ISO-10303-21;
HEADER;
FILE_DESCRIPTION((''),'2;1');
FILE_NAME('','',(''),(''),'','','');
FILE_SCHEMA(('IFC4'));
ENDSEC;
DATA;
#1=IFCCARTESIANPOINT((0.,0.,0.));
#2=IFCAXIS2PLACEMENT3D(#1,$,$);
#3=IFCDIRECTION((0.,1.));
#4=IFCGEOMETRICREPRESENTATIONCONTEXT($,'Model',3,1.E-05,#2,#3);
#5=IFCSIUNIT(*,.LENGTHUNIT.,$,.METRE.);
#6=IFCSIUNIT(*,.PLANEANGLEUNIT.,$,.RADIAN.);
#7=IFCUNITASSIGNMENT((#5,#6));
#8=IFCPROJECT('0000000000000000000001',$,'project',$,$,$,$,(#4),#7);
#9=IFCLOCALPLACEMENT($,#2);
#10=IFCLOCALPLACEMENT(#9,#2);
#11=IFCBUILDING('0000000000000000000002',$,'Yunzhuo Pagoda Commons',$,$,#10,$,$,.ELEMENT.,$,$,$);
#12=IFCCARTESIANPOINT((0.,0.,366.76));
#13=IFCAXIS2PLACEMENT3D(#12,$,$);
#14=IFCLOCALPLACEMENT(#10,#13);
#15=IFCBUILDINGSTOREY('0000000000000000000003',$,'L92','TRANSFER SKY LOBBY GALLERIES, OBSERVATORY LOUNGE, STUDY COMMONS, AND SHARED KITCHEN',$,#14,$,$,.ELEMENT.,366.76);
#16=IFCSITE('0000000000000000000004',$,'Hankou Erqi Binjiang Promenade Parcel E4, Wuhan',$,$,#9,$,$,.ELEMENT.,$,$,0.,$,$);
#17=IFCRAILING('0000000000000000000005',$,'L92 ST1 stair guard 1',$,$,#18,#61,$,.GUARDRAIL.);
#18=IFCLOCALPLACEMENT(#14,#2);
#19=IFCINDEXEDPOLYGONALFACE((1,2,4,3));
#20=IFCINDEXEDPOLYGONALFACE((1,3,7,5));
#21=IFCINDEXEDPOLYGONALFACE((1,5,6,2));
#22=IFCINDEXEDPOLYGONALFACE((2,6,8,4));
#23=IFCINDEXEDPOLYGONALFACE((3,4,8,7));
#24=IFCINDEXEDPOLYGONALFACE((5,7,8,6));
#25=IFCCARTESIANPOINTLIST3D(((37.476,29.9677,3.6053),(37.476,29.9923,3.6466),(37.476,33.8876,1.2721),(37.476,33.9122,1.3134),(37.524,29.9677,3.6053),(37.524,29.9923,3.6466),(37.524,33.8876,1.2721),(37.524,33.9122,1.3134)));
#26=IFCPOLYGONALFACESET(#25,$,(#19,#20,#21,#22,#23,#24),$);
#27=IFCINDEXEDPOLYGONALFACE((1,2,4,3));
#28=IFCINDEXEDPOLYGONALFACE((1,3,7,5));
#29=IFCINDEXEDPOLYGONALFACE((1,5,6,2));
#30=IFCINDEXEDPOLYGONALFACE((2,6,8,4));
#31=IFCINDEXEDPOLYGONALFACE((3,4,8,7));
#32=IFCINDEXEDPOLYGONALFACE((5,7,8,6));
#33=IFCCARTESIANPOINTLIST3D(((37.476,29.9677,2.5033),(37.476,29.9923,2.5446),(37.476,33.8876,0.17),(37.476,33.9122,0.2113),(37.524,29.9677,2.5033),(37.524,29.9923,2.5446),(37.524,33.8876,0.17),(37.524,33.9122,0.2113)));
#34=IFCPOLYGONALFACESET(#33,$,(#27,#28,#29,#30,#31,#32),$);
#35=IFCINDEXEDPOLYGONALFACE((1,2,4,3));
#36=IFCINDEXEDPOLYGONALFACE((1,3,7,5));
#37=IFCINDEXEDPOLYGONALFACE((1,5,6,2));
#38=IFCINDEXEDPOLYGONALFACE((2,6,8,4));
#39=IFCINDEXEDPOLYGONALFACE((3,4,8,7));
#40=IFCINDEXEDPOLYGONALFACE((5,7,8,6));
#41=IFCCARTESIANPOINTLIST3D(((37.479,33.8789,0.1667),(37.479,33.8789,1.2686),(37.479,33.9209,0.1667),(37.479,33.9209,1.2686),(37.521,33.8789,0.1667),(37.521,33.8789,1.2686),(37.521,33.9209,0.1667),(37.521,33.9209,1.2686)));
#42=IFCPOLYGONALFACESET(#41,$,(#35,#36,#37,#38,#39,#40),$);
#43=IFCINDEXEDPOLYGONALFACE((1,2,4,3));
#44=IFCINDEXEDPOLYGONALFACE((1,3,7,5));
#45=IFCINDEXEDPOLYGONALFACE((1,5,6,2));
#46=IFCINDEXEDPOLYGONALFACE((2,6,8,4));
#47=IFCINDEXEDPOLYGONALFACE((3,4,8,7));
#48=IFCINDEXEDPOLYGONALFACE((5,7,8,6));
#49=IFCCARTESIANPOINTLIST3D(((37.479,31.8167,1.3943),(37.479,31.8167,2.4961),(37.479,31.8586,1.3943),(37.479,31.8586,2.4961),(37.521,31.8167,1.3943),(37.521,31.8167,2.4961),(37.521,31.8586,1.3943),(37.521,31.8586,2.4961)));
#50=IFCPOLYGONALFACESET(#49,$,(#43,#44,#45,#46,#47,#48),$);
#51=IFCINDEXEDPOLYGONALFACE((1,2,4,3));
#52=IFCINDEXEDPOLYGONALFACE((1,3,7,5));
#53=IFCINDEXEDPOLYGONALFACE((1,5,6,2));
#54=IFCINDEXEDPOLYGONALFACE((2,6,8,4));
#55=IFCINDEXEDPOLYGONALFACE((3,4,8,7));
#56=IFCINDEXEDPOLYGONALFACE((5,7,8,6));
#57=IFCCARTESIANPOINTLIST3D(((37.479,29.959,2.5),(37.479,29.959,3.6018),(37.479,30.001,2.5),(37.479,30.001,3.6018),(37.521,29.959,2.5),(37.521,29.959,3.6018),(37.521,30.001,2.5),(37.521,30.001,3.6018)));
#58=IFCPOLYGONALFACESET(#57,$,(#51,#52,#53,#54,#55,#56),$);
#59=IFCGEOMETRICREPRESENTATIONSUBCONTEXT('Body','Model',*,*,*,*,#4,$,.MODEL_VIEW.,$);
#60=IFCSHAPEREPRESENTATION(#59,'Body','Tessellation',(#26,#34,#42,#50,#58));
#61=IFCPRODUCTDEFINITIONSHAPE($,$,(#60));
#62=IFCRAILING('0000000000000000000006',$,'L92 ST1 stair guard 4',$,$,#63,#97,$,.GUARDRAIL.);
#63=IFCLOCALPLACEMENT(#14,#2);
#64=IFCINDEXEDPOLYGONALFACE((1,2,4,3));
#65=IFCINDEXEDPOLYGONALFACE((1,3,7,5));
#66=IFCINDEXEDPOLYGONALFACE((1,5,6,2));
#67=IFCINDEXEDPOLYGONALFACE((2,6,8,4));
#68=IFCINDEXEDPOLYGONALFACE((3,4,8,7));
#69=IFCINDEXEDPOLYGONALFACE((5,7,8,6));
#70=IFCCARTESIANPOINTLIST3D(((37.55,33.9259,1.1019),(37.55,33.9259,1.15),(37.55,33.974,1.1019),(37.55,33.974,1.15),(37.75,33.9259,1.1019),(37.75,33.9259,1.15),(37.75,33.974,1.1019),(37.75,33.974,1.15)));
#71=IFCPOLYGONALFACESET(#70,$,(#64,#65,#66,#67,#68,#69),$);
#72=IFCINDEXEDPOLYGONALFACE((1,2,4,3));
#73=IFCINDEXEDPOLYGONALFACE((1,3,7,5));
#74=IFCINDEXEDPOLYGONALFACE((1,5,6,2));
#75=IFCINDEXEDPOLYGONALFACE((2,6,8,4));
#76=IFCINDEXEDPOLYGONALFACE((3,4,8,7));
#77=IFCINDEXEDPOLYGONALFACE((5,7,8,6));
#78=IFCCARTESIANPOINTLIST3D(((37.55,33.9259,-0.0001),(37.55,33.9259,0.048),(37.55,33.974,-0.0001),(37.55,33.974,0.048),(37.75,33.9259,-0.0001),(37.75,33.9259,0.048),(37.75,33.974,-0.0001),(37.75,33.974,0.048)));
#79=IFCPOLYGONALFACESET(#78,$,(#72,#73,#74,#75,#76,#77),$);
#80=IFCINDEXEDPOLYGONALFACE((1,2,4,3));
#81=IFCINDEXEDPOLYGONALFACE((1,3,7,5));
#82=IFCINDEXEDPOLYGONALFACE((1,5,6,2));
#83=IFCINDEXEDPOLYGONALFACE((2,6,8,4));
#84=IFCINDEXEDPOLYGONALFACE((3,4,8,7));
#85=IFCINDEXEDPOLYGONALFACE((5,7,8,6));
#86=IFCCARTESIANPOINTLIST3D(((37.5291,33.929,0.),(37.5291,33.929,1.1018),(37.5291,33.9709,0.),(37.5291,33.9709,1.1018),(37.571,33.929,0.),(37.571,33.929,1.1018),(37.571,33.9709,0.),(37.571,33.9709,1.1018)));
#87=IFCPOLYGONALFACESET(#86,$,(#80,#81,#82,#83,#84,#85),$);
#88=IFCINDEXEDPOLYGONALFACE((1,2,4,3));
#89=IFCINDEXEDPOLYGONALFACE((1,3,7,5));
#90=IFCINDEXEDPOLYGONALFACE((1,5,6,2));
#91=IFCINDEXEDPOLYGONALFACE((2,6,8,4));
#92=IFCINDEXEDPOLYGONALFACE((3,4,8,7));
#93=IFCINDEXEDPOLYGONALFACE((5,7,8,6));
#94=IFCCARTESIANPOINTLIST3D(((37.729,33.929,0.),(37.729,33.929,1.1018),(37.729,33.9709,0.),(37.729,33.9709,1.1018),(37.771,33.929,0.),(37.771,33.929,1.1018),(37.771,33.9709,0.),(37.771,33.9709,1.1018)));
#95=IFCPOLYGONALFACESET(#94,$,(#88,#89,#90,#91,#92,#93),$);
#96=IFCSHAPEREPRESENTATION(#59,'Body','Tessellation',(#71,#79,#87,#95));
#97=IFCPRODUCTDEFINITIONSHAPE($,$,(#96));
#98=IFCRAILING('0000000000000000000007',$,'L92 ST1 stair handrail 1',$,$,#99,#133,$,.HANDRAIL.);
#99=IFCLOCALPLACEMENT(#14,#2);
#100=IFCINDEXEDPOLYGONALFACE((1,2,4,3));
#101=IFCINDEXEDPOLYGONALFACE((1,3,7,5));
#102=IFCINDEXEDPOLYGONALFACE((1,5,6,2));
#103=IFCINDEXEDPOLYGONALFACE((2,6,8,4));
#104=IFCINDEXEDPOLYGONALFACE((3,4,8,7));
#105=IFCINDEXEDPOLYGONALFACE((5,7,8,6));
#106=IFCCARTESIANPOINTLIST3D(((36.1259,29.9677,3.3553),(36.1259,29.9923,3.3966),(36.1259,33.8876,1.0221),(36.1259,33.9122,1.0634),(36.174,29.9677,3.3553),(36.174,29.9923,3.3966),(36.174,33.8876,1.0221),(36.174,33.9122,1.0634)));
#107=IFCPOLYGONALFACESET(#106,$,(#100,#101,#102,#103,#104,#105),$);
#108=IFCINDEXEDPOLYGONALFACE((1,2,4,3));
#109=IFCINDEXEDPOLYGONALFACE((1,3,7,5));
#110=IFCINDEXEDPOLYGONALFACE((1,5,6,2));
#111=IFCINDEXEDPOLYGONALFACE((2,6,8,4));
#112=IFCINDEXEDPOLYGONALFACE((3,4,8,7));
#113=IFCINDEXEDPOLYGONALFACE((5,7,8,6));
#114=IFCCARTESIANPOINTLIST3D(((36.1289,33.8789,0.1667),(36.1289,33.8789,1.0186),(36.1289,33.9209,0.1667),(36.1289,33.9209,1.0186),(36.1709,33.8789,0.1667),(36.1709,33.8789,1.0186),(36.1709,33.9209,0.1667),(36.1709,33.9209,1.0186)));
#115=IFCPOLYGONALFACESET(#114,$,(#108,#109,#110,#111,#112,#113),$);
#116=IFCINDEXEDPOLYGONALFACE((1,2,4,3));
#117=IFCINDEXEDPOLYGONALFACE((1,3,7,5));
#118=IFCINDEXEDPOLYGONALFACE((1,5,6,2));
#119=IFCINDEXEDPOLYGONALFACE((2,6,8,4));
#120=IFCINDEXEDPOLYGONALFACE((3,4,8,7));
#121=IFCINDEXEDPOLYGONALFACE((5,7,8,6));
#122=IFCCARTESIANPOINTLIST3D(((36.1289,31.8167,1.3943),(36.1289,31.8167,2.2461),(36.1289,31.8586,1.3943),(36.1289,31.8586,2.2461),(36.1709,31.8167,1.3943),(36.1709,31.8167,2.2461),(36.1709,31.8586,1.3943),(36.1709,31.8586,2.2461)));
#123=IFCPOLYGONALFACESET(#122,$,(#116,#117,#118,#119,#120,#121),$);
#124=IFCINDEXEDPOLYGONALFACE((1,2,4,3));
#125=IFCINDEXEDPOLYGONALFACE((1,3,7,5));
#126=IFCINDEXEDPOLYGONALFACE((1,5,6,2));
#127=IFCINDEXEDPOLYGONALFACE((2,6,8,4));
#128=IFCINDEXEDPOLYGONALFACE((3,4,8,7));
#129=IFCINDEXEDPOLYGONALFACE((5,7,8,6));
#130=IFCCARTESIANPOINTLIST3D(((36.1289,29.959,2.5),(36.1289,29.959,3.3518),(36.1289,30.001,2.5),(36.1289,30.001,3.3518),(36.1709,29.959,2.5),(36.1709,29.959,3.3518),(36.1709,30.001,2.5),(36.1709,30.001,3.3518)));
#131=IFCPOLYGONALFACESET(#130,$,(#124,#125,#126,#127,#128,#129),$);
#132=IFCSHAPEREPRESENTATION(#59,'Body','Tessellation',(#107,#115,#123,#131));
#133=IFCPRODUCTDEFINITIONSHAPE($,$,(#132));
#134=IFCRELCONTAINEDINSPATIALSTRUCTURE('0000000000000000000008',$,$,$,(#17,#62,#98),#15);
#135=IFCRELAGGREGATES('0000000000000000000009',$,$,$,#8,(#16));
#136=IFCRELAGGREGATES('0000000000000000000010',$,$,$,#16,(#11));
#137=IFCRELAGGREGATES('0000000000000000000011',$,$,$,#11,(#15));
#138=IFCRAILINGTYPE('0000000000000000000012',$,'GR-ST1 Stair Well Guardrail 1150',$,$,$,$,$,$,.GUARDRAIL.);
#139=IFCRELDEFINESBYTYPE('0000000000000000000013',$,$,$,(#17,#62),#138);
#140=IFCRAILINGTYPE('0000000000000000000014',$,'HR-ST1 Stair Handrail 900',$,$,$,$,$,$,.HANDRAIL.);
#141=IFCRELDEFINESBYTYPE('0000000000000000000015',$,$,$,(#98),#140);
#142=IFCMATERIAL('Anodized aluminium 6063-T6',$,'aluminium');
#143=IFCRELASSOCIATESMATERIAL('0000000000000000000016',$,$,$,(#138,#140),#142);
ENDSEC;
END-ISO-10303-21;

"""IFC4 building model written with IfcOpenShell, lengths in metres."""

from ifc_helpers import new_model, si_unit, direction, frame, origin, origin_2d, place, context, subcontext, project, spatial, rectangle, extrude, material, type_object, element, save


model = new_model("IFC4")

# Units and contexts
model_context = context("Model", 3, precision=1e-05, world=origin(), true_north=direction((0.0, 1.0)))
body_context = subcontext(model_context, "Body", "Model", "MODEL_VIEW")
ifc_project = project(units=[si_unit("LENGTHUNIT", "METRE"), si_unit("PLANEANGLEUNIT", "RADIAN")], contexts=[model_context])

# Site, building, storey
site_placement = place(None, origin())
site = spatial("IfcSite", under=ifc_project, at=site_placement, Name="Hankou Erqi Binjiang Promenade Parcel E4, Wuhan", CompositionType="ELEMENT", RefElevation=0.0)
building_placement = place(site_placement, origin())
building = spatial("IfcBuilding", under=site, at=building_placement, Name="Yunzhuo Pagoda Commons", CompositionType="ELEMENT")
storey_placement = place(building_placement, frame((0.0, 0.0, 366.76)))
storey = spatial("IfcBuildingStorey", under=building, at=storey_placement, Name="L92", Description="TRANSFER SKY LOBBY GALLERIES, OBSERVATORY LOUNGE, STUDY COMMONS, AND SHARED KITCHEN", CompositionType="ELEMENT", Elevation=366.76)

# Shared definitions
ifc_material_1 = material(Name="Anodized aluminium 6063-T6", Category="aluminium")

# Railings
railing_type_1 = type_object("IfcRailingType", Name="GR-ST1 Stair Well Guardrail 1150", PredefinedType="GUARDRAIL", material=ifc_material_1)
railing_1_placement = place(storey_placement, frame((37.5, 33.8999, 0.1667)))
element("IfcRailing", 1, at=railing_1_placement, inside=storey, type_object=railing_type_1, Name="L92 ST1 stair guard 1", PredefinedType="GUARDRAIL", context=body_context, shape_type="SweptSolid", body=[
    extrude(rectangle(XDim=0.0481, YDim=0.0481, at=origin_2d()), frame((0.0, 0.0, 1.126), z_axis=(0.0, -0.859296, 0.511478), x_axis=(1.0, 0.0, 0.0)), (0.0, 0.0, 1.0), 4.5618),
    extrude(rectangle(XDim=0.0481, YDim=0.0481, at=origin_2d()), frame((0.0, 0.0, 0.0239), z_axis=(0.0, -0.859296, 0.511478), x_axis=(1.0, 0.0, 0.0)), (0.0, 0.0, 1.0), 4.5618),
    extrude(rectangle(XDim=0.042, YDim=0.042, at=origin_2d()), origin(), (0.0, 0.0, 1.0), 1.1018),
    extrude(rectangle(XDim=0.042, YDim=0.042, at=origin_2d()), frame((0.0, -2.0623, 1.2275)), (0.0, 0.0, 1.0), 1.1018),
    extrude(rectangle(XDim=0.042, YDim=0.042, at=origin_2d()), frame((0.0, -3.9199, 2.3333)), (0.0, 0.0, 1.0), 1.1018),
])
railing_2_placement = place(storey_placement, frame((37.55, 33.95, 0.0)))
element("IfcRailing", 2, at=railing_2_placement, inside=storey, type_object=railing_type_1, Name="L92 ST1 stair guard 4", PredefinedType="GUARDRAIL", context=body_context, shape_type="SweptSolid", body=[
    extrude(rectangle(XDim=0.0481, YDim=0.0481, at=origin_2d()), frame((0.0, 0.0, 1.126), z_axis=(1.0, 0.0, 0.0), x_axis=(0.0, 1.0, 0.0)), (0.0, 0.0, 1.0), 0.2),
    extrude(rectangle(XDim=0.0481, YDim=0.0481, at=origin_2d()), frame((0.0, 0.0, 0.0239), z_axis=(1.0, 0.0, 0.0), x_axis=(0.0, 1.0, 0.0)), (0.0, 0.0, 1.0), 0.2),
    extrude(rectangle(XDim=0.042, YDim=0.042, at=origin_2d()), origin(), (0.0, 0.0, 1.0), 1.1018),
    extrude(rectangle(XDim=0.042, YDim=0.042, at=origin_2d()), frame((0.2, 0.0, 0.0)), (0.0, 0.0, 1.0), 1.1018),
])
railing_type_2 = type_object("IfcRailingType", Name="HR-ST1 Stair Handrail 900", PredefinedType="HANDRAIL", material=ifc_material_1)
railing_3_placement = place(storey_placement, frame((36.1499, 33.8999, 0.1667)))
element("IfcRailing", 3, at=railing_3_placement, inside=storey, type_object=railing_type_2, Name="L92 ST1 stair handrail 1", PredefinedType="HANDRAIL", context=body_context, shape_type="SweptSolid", body=[
    extrude(rectangle(XDim=0.0481, YDim=0.0481, at=origin_2d()), frame((0.0, 0.0, 0.876), z_axis=(0.0, -0.859296, 0.511478), x_axis=(1.0, 0.0, 0.0)), (0.0, 0.0, 1.0), 4.5618),
    extrude(rectangle(XDim=0.042, YDim=0.042, at=origin_2d()), origin(), (0.0, 0.0, 1.0), 0.8518),
    extrude(rectangle(XDim=0.042, YDim=0.042, at=origin_2d()), frame((0.0, -2.0623, 1.2275)), (0.0, 0.0, 1.0), 0.8518),
    extrude(rectangle(XDim=0.042, YDim=0.042, at=origin_2d()), frame((0.0, -3.9199, 2.3333)), (0.0, 0.0, 1.0), 0.8518),
])

save(model, "model.ifc")
